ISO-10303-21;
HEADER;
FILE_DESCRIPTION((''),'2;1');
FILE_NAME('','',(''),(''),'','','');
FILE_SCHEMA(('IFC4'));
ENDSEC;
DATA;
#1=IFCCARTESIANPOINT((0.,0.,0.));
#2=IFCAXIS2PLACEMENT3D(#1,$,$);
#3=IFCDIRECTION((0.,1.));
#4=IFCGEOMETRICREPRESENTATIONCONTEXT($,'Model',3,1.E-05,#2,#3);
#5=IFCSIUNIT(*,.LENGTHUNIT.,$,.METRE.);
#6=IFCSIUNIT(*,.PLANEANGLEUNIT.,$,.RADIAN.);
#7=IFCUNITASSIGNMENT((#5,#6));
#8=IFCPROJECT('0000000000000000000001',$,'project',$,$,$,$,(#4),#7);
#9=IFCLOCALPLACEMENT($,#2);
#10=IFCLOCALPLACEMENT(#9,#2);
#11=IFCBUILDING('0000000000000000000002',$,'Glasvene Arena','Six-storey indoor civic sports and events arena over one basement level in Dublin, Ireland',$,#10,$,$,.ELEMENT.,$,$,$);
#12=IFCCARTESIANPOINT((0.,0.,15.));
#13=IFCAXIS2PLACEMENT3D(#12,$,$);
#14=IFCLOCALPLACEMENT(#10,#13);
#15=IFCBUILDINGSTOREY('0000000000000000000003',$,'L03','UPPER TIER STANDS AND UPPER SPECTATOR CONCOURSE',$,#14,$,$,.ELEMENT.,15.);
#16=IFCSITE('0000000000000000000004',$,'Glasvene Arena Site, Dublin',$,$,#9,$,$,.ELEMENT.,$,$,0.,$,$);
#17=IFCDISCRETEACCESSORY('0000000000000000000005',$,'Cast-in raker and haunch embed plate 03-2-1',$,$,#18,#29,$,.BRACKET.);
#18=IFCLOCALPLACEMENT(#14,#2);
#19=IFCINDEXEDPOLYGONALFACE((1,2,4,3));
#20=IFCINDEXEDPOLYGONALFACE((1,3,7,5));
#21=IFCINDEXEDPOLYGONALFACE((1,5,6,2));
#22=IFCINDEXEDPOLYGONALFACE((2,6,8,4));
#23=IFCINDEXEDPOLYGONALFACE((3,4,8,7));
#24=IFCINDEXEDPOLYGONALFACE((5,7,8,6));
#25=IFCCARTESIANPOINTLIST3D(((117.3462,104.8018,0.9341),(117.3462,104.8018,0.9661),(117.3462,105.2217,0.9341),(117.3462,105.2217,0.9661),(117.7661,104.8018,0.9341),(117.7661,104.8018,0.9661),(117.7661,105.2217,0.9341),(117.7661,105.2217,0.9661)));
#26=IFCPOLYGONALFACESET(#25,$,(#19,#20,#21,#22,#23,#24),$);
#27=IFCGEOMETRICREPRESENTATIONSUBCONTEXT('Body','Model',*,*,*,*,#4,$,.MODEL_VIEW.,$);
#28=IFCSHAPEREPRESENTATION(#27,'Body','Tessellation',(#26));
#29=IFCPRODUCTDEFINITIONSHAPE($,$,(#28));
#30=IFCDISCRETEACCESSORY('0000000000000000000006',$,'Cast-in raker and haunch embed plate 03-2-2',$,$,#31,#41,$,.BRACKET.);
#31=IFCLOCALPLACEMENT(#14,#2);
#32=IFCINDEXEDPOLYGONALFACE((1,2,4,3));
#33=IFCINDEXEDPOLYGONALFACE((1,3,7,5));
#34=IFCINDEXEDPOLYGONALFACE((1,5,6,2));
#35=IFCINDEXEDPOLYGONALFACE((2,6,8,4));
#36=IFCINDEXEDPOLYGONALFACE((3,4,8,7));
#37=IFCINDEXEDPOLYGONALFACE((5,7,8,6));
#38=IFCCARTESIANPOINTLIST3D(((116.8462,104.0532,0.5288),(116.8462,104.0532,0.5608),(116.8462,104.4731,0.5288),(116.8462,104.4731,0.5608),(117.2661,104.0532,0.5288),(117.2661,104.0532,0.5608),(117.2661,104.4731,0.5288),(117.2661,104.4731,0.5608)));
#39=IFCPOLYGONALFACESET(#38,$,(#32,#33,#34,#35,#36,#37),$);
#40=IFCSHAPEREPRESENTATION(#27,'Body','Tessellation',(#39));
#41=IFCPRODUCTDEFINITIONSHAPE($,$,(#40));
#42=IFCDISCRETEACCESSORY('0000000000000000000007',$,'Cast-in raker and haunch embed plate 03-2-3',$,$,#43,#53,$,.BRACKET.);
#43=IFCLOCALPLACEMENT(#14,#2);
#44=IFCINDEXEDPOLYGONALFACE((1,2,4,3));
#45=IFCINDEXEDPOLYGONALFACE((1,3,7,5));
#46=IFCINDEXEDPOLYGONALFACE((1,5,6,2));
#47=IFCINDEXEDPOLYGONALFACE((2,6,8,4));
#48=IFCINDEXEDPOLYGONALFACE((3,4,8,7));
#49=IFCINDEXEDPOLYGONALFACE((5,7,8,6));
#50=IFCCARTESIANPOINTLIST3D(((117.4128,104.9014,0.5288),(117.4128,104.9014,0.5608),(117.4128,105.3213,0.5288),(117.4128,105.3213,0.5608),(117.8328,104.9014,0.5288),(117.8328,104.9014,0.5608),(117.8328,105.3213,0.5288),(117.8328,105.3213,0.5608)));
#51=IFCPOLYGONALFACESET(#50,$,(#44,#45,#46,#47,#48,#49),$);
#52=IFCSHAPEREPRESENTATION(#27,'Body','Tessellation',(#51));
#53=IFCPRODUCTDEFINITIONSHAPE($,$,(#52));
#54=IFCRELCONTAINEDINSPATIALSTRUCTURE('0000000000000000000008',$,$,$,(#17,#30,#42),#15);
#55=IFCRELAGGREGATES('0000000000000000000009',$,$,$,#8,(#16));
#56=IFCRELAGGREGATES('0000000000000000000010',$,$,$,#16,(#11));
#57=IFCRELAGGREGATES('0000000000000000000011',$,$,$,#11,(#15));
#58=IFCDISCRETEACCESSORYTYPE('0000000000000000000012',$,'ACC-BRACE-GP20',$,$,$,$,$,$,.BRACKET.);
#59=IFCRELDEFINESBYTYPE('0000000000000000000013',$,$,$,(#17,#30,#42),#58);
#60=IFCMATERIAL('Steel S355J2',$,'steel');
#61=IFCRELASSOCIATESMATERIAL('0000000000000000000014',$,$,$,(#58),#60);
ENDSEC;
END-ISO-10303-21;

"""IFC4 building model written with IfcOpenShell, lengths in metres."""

from ifc_helpers import new_model, si_unit, direction, frame, origin, origin_2d, place, context, subcontext, project, spatial, rectangle, extrude, material, type_object, element, save


model = new_model("IFC4")

# Units and contexts
model_context = context("Model", 3, precision=1e-05, world=origin(), true_north=direction((0.0, 1.0)))
body_context = subcontext(model_context, "Body", "Model", "MODEL_VIEW")
ifc_project = project(units=[si_unit("LENGTHUNIT", "METRE"), si_unit("PLANEANGLEUNIT", "RADIAN")], contexts=[model_context])

# Site, building, storey
site_placement = place(None, origin())
site = spatial("IfcSite", under=ifc_project, at=site_placement, Name="Glasvene Arena Site, Dublin", CompositionType="ELEMENT", RefElevation=0.0)
building_placement = place(site_placement, origin())
building = spatial("IfcBuilding", under=site, at=building_placement, Name="Glasvene Arena", Description="Six-storey indoor civic sports and events arena over one basement level in Dublin, Ireland", CompositionType="ELEMENT")
storey_placement = place(building_placement, frame((0.0, 0.0, 15.0)))
storey = spatial("IfcBuildingStorey", under=building, at=storey_placement, Name="L03", Description="UPPER TIER STANDS AND UPPER SPECTATOR CONCOURSE", CompositionType="ELEMENT", Elevation=15.0)

# Shared definitions
ifc_material_1 = material(Name="Steel S355J2", Category="steel")

# Discrete accessories
discrete_accessory_type = type_object("IfcDiscreteAccessoryType", Name="ACC-BRACE-GP20", PredefinedType="BRACKET", material=ifc_material_1)
for number, where, z_axis, x_axis, name in (
    (1, (117.5562, 105.0117, 0.9341), (0.0, 0.0, 1.0), (1.0, 0.0, 0.0), "Cast-in raker and haunch embed plate 03-2-1"),
    (2, (117.0562, 104.2632, 0.5288), (0.0, 0.0, 1.0), (1.0, 0.0, 0.0), "Cast-in raker and haunch embed plate 03-2-2"),
    (3, (117.6228, 105.1113, 0.5288), (0.0, 0.0, 1.0), (1.0, 0.0, 0.0), "Cast-in raker and haunch embed plate 03-2-3"),
):
    element("IfcDiscreteAccessory", number, at=place(storey_placement, frame(where, z_axis=z_axis, x_axis=x_axis)), inside=storey, type_object=discrete_accessory_type, Name=name, PredefinedType="BRACKET", context=body_context, shape_type="SweptSolid", body=[
        extrude(rectangle(XDim=0.4199, YDim=0.4199, at=origin_2d()), origin(), (0.0, 0.0, 1.0), 0.032),
    ])

save(model, "model.ifc")
